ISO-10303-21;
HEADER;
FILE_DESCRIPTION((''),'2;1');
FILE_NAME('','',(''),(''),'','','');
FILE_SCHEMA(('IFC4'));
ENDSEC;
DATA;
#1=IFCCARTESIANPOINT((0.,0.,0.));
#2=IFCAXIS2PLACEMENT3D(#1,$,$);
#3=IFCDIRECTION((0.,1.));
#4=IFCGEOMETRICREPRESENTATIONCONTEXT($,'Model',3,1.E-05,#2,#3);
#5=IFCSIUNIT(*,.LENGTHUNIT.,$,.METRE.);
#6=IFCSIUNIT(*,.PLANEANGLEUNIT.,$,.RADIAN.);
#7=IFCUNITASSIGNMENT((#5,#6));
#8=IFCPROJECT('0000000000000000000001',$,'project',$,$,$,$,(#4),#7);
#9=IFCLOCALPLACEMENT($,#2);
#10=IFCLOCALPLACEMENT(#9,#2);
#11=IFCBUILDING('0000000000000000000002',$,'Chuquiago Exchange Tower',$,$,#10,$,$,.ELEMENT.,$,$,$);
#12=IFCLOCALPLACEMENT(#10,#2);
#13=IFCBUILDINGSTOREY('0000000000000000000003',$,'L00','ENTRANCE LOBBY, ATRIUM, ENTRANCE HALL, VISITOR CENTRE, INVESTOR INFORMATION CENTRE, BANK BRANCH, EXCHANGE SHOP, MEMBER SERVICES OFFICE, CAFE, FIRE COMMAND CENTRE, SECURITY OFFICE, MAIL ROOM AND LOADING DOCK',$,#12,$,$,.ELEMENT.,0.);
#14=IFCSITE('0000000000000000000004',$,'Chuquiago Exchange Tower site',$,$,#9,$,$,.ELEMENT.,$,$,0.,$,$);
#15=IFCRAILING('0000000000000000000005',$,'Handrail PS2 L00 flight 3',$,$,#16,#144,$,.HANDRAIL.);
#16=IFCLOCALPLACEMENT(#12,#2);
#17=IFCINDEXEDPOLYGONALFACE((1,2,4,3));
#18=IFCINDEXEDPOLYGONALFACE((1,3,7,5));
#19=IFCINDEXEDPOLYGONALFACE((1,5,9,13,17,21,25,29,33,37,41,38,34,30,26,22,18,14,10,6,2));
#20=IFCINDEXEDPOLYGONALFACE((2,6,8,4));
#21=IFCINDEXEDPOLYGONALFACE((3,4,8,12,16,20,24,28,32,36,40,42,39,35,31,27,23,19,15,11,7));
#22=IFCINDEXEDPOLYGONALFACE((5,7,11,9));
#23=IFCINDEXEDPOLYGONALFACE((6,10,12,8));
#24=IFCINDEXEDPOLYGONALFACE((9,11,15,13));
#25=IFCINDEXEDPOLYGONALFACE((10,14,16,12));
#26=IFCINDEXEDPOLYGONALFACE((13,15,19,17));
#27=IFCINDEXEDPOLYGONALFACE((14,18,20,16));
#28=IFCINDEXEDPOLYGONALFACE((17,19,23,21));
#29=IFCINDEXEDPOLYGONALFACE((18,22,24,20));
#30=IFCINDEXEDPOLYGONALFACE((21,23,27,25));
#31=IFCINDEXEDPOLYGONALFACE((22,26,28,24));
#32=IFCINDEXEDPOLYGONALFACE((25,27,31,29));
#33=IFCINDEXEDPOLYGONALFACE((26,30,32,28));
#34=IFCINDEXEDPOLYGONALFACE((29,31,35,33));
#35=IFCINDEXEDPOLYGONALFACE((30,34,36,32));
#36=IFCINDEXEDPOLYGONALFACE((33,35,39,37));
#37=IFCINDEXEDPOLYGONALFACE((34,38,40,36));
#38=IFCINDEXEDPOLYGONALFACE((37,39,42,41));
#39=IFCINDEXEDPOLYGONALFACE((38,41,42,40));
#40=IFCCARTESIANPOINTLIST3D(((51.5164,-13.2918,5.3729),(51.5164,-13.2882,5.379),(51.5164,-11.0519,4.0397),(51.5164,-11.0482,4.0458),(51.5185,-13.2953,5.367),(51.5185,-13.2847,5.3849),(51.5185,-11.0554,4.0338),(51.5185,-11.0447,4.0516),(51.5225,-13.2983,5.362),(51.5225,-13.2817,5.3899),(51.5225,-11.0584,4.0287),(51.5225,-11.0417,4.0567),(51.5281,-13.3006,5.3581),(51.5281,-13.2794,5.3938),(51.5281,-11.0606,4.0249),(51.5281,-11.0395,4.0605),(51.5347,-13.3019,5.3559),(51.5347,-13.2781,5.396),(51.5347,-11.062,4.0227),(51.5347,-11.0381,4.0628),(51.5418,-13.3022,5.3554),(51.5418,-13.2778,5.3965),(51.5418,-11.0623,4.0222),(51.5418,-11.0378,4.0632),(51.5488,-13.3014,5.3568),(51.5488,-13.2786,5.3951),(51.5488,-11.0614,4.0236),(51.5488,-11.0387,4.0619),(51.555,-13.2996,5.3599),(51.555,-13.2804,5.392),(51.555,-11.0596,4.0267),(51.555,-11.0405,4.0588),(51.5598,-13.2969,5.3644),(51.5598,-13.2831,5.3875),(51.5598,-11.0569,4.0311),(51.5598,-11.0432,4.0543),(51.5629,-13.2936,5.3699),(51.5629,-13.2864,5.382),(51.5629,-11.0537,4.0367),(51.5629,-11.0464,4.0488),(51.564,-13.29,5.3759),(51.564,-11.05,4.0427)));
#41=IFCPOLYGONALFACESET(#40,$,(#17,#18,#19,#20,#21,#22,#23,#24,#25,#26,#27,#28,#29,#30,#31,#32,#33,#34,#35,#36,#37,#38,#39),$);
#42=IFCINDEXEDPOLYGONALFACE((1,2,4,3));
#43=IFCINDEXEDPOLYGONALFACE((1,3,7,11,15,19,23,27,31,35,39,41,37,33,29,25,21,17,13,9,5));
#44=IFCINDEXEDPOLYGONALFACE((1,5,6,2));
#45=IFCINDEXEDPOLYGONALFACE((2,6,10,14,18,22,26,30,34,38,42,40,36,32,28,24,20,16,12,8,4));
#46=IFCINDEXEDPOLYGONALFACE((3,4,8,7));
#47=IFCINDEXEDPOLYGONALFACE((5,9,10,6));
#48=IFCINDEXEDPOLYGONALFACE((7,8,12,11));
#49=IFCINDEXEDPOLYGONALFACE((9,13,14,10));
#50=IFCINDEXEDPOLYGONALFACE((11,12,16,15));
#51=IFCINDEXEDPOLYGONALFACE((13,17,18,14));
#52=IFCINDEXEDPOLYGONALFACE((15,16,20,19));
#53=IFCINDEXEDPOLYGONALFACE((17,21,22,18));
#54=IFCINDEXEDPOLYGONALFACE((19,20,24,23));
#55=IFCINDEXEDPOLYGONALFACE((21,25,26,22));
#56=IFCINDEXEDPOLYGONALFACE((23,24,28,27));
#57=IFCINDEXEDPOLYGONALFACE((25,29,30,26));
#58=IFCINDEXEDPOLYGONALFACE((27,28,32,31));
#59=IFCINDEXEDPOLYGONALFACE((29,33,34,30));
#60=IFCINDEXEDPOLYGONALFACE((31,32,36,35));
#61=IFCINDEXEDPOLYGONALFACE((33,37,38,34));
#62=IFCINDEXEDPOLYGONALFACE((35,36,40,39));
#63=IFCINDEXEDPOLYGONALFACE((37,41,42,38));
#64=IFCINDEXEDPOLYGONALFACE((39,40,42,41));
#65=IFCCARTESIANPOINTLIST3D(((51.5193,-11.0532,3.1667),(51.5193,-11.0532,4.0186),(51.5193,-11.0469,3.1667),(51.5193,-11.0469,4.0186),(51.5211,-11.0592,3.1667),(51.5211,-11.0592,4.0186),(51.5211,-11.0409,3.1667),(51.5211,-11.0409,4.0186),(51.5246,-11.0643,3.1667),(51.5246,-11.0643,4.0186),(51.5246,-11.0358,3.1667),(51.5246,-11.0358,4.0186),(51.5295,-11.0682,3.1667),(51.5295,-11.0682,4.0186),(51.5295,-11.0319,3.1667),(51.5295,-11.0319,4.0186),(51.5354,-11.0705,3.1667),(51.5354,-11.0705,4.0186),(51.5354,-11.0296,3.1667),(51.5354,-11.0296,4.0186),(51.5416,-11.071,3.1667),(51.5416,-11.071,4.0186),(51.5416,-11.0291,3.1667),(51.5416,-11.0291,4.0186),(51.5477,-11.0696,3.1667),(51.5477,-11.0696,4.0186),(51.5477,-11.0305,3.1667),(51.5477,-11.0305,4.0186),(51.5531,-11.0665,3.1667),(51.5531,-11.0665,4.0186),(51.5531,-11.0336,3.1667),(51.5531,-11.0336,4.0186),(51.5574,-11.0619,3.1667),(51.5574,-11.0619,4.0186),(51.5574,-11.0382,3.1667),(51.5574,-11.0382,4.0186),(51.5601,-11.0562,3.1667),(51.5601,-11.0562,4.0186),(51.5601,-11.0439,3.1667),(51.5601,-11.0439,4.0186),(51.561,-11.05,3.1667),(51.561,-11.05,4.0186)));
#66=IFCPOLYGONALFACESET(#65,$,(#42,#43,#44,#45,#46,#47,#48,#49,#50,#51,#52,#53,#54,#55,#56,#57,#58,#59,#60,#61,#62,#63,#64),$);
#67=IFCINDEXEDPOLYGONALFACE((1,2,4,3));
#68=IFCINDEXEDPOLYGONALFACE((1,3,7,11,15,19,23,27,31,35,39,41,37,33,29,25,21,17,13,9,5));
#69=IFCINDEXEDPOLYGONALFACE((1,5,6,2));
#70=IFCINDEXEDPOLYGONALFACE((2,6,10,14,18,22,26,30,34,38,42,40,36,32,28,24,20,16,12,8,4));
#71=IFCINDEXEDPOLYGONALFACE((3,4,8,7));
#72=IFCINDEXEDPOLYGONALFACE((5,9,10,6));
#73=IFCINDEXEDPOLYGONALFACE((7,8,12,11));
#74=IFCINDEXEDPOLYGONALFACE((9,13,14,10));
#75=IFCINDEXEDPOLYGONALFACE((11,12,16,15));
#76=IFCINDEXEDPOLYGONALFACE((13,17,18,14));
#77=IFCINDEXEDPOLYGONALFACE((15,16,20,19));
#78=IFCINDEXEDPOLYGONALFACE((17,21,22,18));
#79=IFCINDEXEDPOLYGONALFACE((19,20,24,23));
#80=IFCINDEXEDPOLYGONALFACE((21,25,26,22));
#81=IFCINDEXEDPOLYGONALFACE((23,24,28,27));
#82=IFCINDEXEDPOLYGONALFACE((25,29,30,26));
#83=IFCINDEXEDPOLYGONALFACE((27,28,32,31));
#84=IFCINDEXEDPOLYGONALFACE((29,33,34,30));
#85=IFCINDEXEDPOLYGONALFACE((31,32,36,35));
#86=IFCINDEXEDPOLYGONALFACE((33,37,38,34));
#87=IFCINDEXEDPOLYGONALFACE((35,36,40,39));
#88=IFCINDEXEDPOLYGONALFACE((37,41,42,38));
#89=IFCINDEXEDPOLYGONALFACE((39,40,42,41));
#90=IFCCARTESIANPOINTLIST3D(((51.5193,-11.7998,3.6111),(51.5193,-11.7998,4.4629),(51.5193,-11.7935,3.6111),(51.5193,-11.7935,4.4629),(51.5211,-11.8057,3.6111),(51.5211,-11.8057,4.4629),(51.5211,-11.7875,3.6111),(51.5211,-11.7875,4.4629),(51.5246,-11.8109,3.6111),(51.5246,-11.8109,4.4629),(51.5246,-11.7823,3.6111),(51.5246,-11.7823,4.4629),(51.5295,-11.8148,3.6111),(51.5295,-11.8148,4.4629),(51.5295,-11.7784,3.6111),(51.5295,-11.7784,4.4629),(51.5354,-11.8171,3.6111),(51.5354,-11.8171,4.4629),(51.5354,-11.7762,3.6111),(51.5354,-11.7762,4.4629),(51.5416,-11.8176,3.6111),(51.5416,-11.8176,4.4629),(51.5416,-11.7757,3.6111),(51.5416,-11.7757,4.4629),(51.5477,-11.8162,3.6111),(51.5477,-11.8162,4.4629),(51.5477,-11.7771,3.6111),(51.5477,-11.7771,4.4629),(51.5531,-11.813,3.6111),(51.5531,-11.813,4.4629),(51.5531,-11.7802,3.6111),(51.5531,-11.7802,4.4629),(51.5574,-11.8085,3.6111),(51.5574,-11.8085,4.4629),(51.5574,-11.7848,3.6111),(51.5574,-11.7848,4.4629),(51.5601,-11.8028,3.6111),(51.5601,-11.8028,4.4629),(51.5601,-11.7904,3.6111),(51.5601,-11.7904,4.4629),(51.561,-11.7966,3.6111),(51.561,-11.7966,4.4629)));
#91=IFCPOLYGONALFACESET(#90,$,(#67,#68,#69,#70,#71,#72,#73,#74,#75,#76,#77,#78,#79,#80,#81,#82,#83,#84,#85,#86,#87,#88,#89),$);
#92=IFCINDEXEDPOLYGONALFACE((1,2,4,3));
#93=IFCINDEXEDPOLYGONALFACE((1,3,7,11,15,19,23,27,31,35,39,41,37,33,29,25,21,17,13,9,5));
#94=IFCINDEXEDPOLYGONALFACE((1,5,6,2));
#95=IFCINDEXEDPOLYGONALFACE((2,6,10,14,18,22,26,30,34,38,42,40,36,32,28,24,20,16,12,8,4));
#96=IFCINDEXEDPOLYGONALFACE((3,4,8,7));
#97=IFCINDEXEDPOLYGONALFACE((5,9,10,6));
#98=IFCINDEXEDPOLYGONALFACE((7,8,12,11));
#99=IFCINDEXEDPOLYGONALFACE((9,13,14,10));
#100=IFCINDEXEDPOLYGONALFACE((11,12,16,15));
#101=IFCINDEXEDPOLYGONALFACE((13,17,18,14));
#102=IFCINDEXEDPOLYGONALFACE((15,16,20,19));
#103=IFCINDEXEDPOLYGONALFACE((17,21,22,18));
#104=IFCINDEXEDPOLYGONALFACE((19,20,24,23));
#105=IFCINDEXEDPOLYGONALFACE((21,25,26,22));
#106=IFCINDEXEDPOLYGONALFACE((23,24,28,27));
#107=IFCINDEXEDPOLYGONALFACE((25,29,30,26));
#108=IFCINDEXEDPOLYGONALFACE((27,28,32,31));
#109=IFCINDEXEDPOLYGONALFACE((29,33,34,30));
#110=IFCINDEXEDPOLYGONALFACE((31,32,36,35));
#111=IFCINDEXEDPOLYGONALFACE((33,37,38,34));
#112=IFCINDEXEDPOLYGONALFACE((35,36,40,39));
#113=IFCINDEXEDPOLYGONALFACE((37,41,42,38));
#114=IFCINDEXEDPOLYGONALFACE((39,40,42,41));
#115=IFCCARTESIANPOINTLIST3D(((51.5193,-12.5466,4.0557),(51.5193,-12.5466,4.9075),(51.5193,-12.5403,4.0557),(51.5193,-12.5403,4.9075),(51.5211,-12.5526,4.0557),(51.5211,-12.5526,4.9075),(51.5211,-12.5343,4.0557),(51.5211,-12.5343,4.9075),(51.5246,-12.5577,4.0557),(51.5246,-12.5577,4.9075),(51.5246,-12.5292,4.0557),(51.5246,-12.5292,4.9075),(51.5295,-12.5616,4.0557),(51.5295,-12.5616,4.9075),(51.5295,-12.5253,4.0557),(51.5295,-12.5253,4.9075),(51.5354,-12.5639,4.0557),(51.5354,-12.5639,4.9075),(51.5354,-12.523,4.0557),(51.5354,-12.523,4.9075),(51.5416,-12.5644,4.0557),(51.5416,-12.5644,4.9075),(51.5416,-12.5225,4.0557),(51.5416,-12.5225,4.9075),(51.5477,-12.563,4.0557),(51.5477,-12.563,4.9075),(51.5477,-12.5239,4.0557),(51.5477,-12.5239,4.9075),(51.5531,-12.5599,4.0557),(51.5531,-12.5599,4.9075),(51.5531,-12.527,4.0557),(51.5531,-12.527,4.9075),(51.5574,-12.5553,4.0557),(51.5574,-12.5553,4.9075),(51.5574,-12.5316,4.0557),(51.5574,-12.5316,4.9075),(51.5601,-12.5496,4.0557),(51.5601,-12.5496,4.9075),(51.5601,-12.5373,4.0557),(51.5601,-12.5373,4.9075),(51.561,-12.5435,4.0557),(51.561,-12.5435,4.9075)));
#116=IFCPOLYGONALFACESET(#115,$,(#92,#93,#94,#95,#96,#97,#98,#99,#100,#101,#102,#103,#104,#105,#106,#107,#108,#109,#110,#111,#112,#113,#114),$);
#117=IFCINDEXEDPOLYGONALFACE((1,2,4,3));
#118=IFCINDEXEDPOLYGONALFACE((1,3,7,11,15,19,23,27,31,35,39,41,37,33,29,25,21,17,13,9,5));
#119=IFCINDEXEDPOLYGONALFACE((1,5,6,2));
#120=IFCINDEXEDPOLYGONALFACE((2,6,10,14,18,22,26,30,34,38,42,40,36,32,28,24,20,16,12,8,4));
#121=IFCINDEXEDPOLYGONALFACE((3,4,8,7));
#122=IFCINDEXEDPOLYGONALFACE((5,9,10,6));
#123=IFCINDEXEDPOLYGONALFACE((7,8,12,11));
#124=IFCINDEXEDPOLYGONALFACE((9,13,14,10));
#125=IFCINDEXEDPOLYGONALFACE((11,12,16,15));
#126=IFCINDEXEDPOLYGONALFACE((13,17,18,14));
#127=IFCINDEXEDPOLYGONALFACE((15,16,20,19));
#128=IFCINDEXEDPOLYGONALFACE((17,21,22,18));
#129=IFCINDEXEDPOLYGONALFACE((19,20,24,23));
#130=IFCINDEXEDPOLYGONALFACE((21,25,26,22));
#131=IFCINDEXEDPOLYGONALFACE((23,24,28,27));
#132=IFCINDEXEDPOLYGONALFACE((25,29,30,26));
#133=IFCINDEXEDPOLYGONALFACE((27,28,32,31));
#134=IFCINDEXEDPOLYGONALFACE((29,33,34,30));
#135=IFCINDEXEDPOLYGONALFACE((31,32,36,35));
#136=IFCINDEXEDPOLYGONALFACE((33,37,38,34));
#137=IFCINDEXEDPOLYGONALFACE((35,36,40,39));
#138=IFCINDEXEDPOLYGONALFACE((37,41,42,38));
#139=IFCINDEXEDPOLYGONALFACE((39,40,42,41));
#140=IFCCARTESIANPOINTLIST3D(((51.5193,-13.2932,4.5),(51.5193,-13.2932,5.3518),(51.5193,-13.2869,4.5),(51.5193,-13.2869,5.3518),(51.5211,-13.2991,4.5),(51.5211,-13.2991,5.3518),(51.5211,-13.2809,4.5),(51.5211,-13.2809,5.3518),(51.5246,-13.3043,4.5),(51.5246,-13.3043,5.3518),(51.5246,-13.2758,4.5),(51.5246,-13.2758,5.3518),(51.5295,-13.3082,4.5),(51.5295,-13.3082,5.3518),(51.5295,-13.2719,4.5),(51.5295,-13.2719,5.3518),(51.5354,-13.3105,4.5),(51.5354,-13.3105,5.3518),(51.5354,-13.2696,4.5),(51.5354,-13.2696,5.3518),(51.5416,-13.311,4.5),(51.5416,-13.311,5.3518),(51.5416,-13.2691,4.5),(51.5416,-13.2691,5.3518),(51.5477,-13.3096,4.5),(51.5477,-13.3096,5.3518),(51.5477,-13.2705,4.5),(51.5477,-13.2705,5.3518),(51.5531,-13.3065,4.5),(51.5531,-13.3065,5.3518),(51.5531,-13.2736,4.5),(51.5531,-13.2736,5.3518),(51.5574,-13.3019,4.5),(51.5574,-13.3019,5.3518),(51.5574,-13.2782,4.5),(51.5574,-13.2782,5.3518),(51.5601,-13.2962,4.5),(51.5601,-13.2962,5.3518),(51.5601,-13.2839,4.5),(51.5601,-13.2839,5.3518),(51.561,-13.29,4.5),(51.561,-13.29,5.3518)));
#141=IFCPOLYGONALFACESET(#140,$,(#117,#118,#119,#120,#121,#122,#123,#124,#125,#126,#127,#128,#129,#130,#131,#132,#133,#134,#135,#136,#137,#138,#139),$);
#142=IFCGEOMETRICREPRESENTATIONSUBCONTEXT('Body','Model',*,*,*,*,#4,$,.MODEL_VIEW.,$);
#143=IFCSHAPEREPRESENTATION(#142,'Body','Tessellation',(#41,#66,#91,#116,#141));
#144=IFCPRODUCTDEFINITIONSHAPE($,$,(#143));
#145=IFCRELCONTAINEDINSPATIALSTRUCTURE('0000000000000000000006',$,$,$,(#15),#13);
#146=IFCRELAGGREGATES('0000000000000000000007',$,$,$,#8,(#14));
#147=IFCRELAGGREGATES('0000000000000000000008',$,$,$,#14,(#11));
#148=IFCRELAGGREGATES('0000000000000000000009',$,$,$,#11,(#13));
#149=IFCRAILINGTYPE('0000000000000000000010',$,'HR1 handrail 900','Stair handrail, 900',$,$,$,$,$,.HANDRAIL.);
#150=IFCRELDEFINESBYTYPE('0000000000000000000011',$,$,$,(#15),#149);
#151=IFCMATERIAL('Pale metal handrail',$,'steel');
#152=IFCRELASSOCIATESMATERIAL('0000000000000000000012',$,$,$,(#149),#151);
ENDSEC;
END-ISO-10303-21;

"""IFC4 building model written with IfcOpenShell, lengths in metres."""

from ifc_helpers import new_model, si_unit, direction, frame, origin, origin_2d, place, context, subcontext, project, spatial, circle, extrude, material, type_object, element, save


model = new_model("IFC4")

# Units and contexts
model_context = context("Model", 3, precision=1e-05, world=origin(), true_north=direction((0.0, 1.0)))
body_context = subcontext(model_context, "Body", "Model", "MODEL_VIEW")
ifc_project = project(units=[si_unit("LENGTHUNIT", "METRE"), si_unit("PLANEANGLEUNIT", "RADIAN")], contexts=[model_context])

# Site, building, storey
site_placement = place(None, origin())
site = spatial("IfcSite", under=ifc_project, at=site_placement, Name="Chuquiago Exchange Tower site", CompositionType="ELEMENT", RefElevation=0.0)
building_placement = place(site_placement, origin())
building = spatial("IfcBuilding", under=site, at=building_placement, Name="Chuquiago Exchange Tower", CompositionType="ELEMENT")
storey_placement = place(building_placement, origin())
storey = spatial("IfcBuildingStorey", under=building, at=storey_placement, Name="L00", Description="ENTRANCE LOBBY, ATRIUM, ENTRANCE HALL, VISITOR CENTRE, INVESTOR INFORMATION CENTRE, BANK BRANCH, EXCHANGE SHOP, MEMBER SERVICES OFFICE, CAFE, FIRE COMMAND CENTRE, SECURITY OFFICE, MAIL ROOM AND LOADING DOCK", CompositionType="ELEMENT", Elevation=0.0)

# Railing
ifc_material_1 = material(Name="Pale metal handrail", Category="steel")
railing_type = type_object("IfcRailingType", Name="HR1 handrail 900", Description="Stair handrail, 900", PredefinedType="HANDRAIL", material=ifc_material_1)
railing_1_placement = place(storey_placement, frame((51.54, -11.05, 3.1667)))
element("IfcRailing", 1, at=railing_1_placement, inside=storey, type_object=railing_type, Name="Handrail PS2 L00 flight 3", PredefinedType="HANDRAIL", context=body_context, shape_type="SweptSolid", body=[
    extrude(circle(Radius=0.0239, at=origin_2d()), frame((0.0, 0.0, 0.876), z_axis=(0.0, -0.859306, 0.511462), x_axis=(1.0, 0.0, 0.0)), (0.0, 0.0, 1.0), 2.6067),
    extrude(circle(Radius=0.021, at=origin_2d()), origin(), (0.0, 0.0, 1.0), 0.8518),
    extrude(circle(Radius=0.021, at=origin_2d()), frame((0.0, -0.7466, 0.4443)), (0.0, 0.0, 1.0), 0.8518),
    extrude(circle(Radius=0.021, at=origin_2d()), frame((0.0, -1.4934, 0.8889)), (0.0, 0.0, 1.0), 0.8518),
    extrude(circle(Radius=0.021, at=origin_2d()), frame((0.0, -2.24, 1.3333)), (0.0, 0.0, 1.0), 0.8518),
])

save(model, "model.ifc")
